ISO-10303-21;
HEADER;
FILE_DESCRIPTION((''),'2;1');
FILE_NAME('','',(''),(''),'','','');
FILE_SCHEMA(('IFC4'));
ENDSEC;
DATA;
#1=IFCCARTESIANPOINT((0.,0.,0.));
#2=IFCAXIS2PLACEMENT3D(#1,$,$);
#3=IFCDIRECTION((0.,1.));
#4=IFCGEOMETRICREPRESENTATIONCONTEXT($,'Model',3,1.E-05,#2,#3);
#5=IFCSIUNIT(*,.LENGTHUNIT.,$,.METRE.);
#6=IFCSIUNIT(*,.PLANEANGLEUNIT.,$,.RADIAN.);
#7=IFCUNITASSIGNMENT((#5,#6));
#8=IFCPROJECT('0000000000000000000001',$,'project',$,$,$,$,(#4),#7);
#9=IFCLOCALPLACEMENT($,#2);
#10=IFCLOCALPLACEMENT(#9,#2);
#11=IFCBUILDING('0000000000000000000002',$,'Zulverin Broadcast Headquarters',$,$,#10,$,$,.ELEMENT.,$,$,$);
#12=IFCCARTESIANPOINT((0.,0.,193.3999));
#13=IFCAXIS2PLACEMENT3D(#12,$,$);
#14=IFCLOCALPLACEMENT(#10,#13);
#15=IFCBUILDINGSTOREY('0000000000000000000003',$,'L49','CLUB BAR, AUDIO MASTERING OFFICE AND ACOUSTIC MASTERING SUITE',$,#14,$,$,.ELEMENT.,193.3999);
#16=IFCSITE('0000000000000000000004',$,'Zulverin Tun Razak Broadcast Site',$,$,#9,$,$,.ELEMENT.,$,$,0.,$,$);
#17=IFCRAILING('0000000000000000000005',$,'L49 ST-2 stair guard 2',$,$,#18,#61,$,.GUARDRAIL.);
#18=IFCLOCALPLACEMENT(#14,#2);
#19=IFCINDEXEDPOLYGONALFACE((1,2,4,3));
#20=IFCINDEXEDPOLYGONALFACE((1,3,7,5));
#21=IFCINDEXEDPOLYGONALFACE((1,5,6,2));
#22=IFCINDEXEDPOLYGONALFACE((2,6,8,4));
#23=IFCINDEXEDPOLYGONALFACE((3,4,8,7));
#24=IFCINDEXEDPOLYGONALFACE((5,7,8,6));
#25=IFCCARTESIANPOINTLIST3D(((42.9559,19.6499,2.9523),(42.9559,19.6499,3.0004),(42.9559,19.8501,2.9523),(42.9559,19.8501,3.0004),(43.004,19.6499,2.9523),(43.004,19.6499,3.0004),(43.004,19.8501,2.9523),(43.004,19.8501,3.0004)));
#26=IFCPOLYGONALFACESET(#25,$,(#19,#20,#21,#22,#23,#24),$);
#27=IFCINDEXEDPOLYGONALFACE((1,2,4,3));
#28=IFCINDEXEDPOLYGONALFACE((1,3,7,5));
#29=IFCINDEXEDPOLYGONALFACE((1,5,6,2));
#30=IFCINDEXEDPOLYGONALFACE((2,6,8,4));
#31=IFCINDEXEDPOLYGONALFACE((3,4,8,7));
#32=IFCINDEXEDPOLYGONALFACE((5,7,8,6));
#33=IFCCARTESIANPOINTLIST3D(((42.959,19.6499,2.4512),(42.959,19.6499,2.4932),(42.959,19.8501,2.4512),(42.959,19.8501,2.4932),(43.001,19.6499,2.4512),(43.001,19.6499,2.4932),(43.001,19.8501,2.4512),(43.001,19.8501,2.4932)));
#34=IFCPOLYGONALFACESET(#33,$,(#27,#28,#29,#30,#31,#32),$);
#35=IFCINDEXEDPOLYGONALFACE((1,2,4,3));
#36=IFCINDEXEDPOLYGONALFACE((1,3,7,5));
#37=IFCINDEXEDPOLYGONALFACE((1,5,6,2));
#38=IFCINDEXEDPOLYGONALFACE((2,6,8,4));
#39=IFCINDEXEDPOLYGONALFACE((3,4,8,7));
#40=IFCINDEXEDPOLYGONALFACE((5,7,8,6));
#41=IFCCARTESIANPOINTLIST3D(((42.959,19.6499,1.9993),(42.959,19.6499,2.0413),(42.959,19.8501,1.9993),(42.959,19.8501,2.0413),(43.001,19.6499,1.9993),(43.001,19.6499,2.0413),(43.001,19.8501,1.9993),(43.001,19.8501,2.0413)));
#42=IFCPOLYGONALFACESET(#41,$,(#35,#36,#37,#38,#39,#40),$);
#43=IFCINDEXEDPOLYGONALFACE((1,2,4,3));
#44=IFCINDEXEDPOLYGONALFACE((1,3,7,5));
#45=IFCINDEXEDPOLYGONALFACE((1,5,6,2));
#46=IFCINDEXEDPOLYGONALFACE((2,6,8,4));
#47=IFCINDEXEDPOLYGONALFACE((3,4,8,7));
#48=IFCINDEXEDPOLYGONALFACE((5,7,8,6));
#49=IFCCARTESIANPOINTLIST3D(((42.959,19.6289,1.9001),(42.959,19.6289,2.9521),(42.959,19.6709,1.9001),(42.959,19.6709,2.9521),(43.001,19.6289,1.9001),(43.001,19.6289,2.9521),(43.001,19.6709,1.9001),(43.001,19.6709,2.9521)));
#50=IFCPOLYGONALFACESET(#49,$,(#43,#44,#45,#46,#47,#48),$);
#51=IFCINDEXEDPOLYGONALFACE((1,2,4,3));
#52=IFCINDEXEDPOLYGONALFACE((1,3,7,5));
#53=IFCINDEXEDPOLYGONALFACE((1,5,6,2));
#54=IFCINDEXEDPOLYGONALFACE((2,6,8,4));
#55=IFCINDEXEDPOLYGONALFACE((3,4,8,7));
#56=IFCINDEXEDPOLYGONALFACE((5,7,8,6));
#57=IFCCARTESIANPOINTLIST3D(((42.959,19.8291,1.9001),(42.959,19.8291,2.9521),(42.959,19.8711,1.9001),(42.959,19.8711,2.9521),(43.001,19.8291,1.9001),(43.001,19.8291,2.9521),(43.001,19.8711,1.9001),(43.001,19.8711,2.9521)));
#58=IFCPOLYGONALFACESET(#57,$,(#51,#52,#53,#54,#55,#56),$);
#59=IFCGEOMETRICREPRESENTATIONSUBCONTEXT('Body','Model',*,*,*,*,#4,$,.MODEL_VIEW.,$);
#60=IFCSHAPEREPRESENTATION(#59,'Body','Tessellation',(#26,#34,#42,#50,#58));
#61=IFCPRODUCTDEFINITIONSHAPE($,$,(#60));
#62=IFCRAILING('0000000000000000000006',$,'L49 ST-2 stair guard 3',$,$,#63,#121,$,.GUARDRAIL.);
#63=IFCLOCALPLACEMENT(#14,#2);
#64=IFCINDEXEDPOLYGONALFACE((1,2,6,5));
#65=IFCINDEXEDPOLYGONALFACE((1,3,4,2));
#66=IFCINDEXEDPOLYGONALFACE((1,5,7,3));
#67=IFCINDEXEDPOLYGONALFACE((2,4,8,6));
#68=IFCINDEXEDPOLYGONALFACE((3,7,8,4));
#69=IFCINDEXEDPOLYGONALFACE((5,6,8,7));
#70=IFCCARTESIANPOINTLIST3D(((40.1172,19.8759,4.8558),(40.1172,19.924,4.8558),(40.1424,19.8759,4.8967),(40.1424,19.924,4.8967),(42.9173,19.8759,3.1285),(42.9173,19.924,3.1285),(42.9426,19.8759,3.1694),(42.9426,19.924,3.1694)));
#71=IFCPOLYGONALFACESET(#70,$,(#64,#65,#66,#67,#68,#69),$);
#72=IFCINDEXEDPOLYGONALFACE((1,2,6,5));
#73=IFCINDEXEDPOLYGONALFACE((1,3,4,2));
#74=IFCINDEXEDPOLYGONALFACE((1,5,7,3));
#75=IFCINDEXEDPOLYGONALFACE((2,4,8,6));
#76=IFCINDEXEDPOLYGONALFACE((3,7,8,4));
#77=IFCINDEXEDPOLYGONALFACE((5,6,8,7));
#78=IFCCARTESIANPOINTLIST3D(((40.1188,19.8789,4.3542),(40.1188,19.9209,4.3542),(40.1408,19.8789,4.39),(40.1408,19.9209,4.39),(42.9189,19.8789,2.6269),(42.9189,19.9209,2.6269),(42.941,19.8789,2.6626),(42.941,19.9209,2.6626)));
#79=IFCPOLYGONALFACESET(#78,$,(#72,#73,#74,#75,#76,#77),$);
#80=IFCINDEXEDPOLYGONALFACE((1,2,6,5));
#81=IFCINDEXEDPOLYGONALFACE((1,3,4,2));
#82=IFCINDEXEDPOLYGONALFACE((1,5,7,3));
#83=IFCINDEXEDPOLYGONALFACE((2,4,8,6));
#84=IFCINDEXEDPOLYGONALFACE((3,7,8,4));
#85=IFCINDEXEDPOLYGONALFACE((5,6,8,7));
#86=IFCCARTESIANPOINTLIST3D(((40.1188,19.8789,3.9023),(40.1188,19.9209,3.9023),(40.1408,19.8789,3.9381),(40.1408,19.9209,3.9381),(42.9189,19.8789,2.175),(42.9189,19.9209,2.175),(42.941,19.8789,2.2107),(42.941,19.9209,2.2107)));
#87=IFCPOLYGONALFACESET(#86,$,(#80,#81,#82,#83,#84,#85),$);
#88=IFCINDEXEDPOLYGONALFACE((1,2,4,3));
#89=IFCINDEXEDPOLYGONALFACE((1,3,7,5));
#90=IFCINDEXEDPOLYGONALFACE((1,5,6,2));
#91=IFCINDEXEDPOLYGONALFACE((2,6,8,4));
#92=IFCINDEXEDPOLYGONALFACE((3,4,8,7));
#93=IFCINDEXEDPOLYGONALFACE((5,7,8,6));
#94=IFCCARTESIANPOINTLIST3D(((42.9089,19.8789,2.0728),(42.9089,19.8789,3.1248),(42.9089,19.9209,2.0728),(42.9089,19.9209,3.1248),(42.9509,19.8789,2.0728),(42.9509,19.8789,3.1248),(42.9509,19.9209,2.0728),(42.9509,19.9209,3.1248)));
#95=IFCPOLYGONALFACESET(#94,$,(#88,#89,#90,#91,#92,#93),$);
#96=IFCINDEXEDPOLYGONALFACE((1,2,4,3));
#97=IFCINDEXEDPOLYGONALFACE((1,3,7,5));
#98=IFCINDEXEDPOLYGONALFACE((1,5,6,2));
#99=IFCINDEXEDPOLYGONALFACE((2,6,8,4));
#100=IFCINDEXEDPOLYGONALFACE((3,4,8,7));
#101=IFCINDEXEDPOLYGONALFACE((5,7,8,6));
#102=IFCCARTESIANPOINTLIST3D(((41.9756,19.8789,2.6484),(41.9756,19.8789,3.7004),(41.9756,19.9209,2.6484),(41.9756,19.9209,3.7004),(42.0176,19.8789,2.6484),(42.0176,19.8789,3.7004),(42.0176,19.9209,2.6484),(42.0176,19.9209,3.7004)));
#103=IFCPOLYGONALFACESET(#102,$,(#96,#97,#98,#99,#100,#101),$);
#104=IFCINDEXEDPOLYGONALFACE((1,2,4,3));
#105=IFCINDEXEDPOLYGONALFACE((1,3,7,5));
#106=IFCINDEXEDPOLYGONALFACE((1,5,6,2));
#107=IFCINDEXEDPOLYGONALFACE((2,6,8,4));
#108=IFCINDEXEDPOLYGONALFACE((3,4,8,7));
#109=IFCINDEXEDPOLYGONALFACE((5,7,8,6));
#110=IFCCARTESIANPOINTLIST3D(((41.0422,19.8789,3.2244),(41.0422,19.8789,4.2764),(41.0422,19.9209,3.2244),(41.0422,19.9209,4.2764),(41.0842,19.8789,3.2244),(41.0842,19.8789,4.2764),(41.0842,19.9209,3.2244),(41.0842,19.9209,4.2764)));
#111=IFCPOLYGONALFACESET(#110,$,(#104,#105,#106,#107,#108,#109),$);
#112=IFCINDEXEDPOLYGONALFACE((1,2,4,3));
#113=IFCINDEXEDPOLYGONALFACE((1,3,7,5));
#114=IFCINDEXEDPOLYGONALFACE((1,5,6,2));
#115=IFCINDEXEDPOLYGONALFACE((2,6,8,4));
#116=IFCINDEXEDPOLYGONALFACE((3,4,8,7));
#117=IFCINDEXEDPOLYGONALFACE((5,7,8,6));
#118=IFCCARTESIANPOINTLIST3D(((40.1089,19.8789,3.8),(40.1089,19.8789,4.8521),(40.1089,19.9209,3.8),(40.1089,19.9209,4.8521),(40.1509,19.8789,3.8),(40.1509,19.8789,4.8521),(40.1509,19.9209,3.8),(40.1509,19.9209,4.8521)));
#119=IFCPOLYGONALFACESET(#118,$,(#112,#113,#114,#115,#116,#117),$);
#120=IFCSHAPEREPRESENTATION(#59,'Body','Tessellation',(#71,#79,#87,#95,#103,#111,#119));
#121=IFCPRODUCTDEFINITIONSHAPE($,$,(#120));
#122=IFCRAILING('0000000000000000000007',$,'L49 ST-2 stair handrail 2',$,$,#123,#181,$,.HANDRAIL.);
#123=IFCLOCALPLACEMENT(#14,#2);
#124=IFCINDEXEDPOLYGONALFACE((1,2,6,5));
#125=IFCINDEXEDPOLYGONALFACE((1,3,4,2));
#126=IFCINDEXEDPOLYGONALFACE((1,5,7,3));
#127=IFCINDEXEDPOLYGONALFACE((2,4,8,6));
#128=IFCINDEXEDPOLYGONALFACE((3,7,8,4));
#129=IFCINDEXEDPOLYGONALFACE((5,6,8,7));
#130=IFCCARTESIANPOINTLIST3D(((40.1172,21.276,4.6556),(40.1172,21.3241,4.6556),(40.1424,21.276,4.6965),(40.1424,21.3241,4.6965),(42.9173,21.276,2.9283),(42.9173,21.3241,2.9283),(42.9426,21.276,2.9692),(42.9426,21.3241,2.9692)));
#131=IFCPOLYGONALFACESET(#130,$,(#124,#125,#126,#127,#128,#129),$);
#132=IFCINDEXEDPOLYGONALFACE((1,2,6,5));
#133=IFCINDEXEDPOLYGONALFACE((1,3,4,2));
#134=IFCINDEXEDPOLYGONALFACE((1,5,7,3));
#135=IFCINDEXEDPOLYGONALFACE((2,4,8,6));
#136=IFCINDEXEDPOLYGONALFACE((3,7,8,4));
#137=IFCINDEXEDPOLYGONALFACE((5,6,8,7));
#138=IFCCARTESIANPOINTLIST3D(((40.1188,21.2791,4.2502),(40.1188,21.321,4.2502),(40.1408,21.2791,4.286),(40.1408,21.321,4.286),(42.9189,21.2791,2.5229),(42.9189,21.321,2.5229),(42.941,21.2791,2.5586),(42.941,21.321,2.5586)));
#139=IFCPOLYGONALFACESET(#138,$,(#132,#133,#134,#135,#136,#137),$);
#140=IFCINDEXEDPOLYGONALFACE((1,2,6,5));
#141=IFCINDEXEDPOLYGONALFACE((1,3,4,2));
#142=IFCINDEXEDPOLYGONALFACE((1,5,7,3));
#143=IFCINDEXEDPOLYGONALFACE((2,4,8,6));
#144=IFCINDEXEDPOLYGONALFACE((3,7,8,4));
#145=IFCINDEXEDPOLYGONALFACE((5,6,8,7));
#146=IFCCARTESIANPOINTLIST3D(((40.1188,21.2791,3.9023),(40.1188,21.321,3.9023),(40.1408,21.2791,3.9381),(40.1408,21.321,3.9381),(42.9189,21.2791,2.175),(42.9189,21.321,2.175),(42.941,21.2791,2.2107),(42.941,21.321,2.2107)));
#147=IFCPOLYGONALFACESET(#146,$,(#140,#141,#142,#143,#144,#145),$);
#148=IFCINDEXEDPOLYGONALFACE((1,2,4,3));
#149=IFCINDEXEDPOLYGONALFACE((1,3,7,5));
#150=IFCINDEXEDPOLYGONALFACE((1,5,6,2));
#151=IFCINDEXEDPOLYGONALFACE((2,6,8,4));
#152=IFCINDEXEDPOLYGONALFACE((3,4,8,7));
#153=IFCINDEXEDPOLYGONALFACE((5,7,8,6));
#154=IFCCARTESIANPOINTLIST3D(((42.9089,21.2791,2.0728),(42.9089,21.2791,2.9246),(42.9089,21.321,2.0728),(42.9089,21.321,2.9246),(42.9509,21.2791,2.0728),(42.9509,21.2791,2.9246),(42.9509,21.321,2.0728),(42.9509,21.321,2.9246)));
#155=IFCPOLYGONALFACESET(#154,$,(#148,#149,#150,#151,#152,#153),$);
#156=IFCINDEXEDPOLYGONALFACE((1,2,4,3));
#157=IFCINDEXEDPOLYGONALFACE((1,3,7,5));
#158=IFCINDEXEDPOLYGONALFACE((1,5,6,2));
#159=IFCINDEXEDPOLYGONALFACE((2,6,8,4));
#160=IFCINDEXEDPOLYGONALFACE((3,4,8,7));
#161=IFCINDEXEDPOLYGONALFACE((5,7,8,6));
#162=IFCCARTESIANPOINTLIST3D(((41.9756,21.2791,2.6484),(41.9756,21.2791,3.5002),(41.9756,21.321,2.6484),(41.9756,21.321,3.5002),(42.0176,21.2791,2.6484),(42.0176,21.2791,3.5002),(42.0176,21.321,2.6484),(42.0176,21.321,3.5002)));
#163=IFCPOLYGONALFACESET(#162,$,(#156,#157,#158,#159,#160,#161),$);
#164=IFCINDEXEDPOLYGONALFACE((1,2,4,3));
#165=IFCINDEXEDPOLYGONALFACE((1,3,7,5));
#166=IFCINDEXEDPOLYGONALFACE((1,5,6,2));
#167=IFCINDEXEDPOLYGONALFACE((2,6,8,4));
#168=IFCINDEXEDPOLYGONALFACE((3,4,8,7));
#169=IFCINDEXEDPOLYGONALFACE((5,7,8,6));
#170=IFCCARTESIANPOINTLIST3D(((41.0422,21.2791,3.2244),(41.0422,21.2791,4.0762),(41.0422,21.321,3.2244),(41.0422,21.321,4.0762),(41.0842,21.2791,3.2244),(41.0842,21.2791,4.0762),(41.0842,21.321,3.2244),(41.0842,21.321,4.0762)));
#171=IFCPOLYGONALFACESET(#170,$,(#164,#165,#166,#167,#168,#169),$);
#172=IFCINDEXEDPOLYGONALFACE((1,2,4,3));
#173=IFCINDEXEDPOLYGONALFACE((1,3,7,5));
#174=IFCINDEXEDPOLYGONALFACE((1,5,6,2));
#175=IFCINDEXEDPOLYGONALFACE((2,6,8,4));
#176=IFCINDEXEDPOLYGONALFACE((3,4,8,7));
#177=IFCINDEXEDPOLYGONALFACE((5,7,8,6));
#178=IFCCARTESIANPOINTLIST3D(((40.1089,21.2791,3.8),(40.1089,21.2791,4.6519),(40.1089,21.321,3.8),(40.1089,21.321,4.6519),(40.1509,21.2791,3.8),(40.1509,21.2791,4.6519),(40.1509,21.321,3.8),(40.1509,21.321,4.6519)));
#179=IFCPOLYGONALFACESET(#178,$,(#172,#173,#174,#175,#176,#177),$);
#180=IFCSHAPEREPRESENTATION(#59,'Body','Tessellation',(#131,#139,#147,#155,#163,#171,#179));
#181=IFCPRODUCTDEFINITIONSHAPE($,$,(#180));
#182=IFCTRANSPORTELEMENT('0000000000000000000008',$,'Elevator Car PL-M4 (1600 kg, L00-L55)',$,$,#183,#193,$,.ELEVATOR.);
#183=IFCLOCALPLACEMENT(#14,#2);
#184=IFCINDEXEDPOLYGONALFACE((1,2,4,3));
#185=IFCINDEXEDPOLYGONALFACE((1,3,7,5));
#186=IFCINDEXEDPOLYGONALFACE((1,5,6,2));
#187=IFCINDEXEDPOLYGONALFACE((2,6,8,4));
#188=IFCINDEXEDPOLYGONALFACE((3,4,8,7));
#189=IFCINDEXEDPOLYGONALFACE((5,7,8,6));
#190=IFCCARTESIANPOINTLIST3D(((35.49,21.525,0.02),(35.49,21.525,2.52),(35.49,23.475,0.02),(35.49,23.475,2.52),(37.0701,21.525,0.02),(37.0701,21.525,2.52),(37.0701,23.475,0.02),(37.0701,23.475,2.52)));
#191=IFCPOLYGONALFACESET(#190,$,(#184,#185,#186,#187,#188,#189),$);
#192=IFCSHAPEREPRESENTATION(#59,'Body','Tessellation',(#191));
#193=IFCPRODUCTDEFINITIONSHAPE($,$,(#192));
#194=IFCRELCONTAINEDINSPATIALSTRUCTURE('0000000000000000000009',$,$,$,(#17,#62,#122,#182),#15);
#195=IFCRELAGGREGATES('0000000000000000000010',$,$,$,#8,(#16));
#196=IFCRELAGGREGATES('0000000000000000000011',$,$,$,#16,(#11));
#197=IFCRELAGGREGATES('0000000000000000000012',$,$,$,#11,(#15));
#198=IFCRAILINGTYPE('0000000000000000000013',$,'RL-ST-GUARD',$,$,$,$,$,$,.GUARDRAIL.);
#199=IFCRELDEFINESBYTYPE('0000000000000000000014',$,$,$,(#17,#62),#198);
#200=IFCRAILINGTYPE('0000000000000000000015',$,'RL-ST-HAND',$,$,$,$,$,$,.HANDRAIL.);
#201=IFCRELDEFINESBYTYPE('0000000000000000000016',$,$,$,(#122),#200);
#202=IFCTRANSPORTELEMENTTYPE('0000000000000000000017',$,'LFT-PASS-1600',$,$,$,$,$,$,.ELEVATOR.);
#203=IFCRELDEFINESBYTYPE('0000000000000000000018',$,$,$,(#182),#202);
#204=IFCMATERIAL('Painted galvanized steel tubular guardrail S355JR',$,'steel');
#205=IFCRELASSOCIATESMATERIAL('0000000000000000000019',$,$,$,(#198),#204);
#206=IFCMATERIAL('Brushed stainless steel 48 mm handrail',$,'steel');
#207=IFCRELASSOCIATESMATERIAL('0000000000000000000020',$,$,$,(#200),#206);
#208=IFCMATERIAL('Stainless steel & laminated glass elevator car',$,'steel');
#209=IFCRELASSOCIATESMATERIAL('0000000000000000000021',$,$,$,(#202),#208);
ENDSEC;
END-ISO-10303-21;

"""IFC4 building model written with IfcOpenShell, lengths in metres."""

from ifc_helpers import new_model, si_unit, direction, frame, origin, origin_2d, place, context, subcontext, project, spatial, rectangle, extrude, material, type_object, element, save


model = new_model("IFC4")

# Units and contexts
model_context = context("Model", 3, precision=1e-05, world=origin(), true_north=direction((0.0, 1.0)))
body_context = subcontext(model_context, "Body", "Model", "MODEL_VIEW")
ifc_project = project(units=[si_unit("LENGTHUNIT", "METRE"), si_unit("PLANEANGLEUNIT", "RADIAN")], contexts=[model_context])

# Site, building, storey
site_placement = place(None, origin())
site = spatial("IfcSite", under=ifc_project, at=site_placement, Name="Zulverin Tun Razak Broadcast Site", CompositionType="ELEMENT", RefElevation=0.0)
building_placement = place(site_placement, origin())
building = spatial("IfcBuilding", under=site, at=building_placement, Name="Zulverin Broadcast Headquarters", CompositionType="ELEMENT")
storey_placement = place(building_placement, frame((0.0, 0.0, 193.3999)))
storey = spatial("IfcBuildingStorey", under=building, at=storey_placement, Name="L49", Description="CLUB BAR, AUDIO MASTERING OFFICE AND ACOUSTIC MASTERING SUITE", CompositionType="ELEMENT", Elevation=193.3999)

# Railings
ifc_material_1 = material(Name="Painted galvanized steel tubular guardrail S355JR", Category="steel")
railing_type_1 = type_object("IfcRailingType", Name="RL-ST-GUARD", PredefinedType="GUARDRAIL", material=ifc_material_1)
railing_1_placement = place(storey_placement, frame((42.98, 19.6499, 1.9001)))
element("IfcRailing", 1, at=railing_1_placement, inside=storey, type_object=railing_type_1, Name="L49 ST-2 stair guard 2", PredefinedType="GUARDRAIL", context=body_context, shape_type="SweptSolid", body=[
    extrude(rectangle(XDim=0.0481, YDim=0.0481, at=origin_2d()), frame((0.0, 0.0, 1.0762), z_axis=(0.0, 1.0, 0.0), x_axis=(-1.0, 0.0, 0.0)), (0.0, 0.0, 1.0), 0.2002),
    extrude(rectangle(XDim=0.042, YDim=0.042, at=origin_2d()), frame((0.0, 0.0, 0.572), z_axis=(0.0, 1.0, 0.0), x_axis=(-1.0, 0.0, 0.0)), (0.0, 0.0, 1.0), 0.2002),
    extrude(rectangle(XDim=0.042, YDim=0.042, at=origin_2d()), frame((0.0, 0.0, 0.1201), z_axis=(0.0, 1.0, 0.0), x_axis=(-1.0, 0.0, 0.0)), (0.0, 0.0, 1.0), 0.2002),
    extrude(rectangle(XDim=0.042, YDim=0.042, at=origin_2d()), origin(), (0.0, 0.0, 1.0), 1.052),
    extrude(rectangle(XDim=0.042, YDim=0.042, at=origin_2d()), frame((0.0, 0.2002, 0.0)), (0.0, 0.0, 1.0), 1.052),
])
railing_2_placement = place(storey_placement, frame((42.9299, 19.8999, 2.0728)))
element("IfcRailing", 2, at=railing_2_placement, inside=storey, type_object=railing_type_1, Name="L49 ST-2 stair guard 3", PredefinedType="GUARDRAIL", context=body_context, shape_type="SweptSolid", body=[
    extrude(rectangle(XDim=0.0481, YDim=0.0481, at=origin_2d()), frame((0.0, 0.0, 1.0762), z_axis=(-0.85109, 0.0, 0.52502), x_axis=(0.0, -1.0, 0.0)), (0.0, 0.0, 1.0), 3.29),
    extrude(rectangle(XDim=0.042, YDim=0.042, at=origin_2d()), frame((0.0, 0.0, 0.572), z_axis=(-0.85109, 0.0, 0.52502), x_axis=(0.0, -1.0, 0.0)), (0.0, 0.0, 1.0), 3.29),
    extrude(rectangle(XDim=0.042, YDim=0.042, at=origin_2d()), frame((0.0, 0.0, 0.1201), z_axis=(-0.85109, 0.0, 0.52502), x_axis=(0.0, -1.0, 0.0)), (0.0, 0.0, 1.0), 3.29),
    extrude(rectangle(XDim=0.042, YDim=0.042, at=origin_2d()), origin(), (0.0, 0.0, 1.0), 1.052),
    extrude(rectangle(XDim=0.042, YDim=0.042, at=origin_2d()), frame((-0.9333, 0.0, 0.5757)), (0.0, 0.0, 1.0), 1.052),
    extrude(rectangle(XDim=0.042, YDim=0.042, at=origin_2d()), frame((-1.8667, 0.0, 1.1516)), (0.0, 0.0, 1.0), 1.052),
    extrude(rectangle(XDim=0.042, YDim=0.042, at=origin_2d()), frame((-2.8, 0.0, 1.7273)), (0.0, 0.0, 1.0), 1.052),
])
ifc_material_2 = material(Name="Brushed stainless steel 48 mm handrail", Category="steel")
railing_type_2 = type_object("IfcRailingType", Name="RL-ST-HAND", PredefinedType="HANDRAIL", material=ifc_material_2)
railing_3_placement = place(storey_placement, frame((42.9299, 21.3, 2.0728)))
element("IfcRailing", 3, at=railing_3_placement, inside=storey, type_object=railing_type_2, Name="L49 ST-2 stair handrail 2", PredefinedType="HANDRAIL", context=body_context, shape_type="SweptSolid", body=[
    extrude(rectangle(XDim=0.0481, YDim=0.0481, at=origin_2d()), frame((0.0, 0.0, 0.876), z_axis=(-0.85109, 0.0, 0.52502), x_axis=(0.0, -1.0, 0.0)), (0.0, 0.0, 1.0), 3.29),
    extrude(rectangle(XDim=0.042, YDim=0.042, at=origin_2d()), frame((0.0, 0.0, 0.468), z_axis=(-0.85109, 0.0, 0.52502), x_axis=(0.0, -1.0, 0.0)), (0.0, 0.0, 1.0), 3.29),
    extrude(rectangle(XDim=0.042, YDim=0.042, at=origin_2d()), frame((0.0, 0.0, 0.1201), z_axis=(-0.85109, 0.0, 0.52502), x_axis=(0.0, -1.0, 0.0)), (0.0, 0.0, 1.0), 3.29),
    extrude(rectangle(XDim=0.042, YDim=0.042, at=origin_2d()), origin(), (0.0, 0.0, 1.0), 0.8518),
    extrude(rectangle(XDim=0.042, YDim=0.042, at=origin_2d()), frame((-0.9333, 0.0, 0.5757)), (0.0, 0.0, 1.0), 0.8518),
    extrude(rectangle(XDim=0.042, YDim=0.042, at=origin_2d()), frame((-1.8667, 0.0, 1.1516)), (0.0, 0.0, 1.0), 0.8518),
    extrude(rectangle(XDim=0.042, YDim=0.042, at=origin_2d()), frame((-2.8, 0.0, 1.7273)), (0.0, 0.0, 1.0), 0.8518),
])

# Transport element
ifc_material_3 = material(Name="Stainless steel & laminated glass elevator car", Category="steel")
transport_element_type = type_object("IfcTransportElementType", Name="LFT-PASS-1600", PredefinedType="ELEVATOR", material=ifc_material_3)
transport_element_placement = place(storey_placement, frame((36.28, 22.5, 0.02), z_axis=(0.0, 0.0, 1.0), x_axis=(1.0, 0.0, 0.0)))
element("IfcTransportElement", 4, at=transport_element_placement, inside=storey, type_object=transport_element_type, Name="Elevator Car PL-M4 (1600 kg, L00-L55)", PredefinedType="ELEVATOR", context=body_context, shape_type="SweptSolid", body=[
    extrude(rectangle(XDim=1.5801, YDim=1.95, at=origin_2d()), origin(), (0.0, 0.0, 1.0), 2.5),
])

save(model, "model.ifc")
